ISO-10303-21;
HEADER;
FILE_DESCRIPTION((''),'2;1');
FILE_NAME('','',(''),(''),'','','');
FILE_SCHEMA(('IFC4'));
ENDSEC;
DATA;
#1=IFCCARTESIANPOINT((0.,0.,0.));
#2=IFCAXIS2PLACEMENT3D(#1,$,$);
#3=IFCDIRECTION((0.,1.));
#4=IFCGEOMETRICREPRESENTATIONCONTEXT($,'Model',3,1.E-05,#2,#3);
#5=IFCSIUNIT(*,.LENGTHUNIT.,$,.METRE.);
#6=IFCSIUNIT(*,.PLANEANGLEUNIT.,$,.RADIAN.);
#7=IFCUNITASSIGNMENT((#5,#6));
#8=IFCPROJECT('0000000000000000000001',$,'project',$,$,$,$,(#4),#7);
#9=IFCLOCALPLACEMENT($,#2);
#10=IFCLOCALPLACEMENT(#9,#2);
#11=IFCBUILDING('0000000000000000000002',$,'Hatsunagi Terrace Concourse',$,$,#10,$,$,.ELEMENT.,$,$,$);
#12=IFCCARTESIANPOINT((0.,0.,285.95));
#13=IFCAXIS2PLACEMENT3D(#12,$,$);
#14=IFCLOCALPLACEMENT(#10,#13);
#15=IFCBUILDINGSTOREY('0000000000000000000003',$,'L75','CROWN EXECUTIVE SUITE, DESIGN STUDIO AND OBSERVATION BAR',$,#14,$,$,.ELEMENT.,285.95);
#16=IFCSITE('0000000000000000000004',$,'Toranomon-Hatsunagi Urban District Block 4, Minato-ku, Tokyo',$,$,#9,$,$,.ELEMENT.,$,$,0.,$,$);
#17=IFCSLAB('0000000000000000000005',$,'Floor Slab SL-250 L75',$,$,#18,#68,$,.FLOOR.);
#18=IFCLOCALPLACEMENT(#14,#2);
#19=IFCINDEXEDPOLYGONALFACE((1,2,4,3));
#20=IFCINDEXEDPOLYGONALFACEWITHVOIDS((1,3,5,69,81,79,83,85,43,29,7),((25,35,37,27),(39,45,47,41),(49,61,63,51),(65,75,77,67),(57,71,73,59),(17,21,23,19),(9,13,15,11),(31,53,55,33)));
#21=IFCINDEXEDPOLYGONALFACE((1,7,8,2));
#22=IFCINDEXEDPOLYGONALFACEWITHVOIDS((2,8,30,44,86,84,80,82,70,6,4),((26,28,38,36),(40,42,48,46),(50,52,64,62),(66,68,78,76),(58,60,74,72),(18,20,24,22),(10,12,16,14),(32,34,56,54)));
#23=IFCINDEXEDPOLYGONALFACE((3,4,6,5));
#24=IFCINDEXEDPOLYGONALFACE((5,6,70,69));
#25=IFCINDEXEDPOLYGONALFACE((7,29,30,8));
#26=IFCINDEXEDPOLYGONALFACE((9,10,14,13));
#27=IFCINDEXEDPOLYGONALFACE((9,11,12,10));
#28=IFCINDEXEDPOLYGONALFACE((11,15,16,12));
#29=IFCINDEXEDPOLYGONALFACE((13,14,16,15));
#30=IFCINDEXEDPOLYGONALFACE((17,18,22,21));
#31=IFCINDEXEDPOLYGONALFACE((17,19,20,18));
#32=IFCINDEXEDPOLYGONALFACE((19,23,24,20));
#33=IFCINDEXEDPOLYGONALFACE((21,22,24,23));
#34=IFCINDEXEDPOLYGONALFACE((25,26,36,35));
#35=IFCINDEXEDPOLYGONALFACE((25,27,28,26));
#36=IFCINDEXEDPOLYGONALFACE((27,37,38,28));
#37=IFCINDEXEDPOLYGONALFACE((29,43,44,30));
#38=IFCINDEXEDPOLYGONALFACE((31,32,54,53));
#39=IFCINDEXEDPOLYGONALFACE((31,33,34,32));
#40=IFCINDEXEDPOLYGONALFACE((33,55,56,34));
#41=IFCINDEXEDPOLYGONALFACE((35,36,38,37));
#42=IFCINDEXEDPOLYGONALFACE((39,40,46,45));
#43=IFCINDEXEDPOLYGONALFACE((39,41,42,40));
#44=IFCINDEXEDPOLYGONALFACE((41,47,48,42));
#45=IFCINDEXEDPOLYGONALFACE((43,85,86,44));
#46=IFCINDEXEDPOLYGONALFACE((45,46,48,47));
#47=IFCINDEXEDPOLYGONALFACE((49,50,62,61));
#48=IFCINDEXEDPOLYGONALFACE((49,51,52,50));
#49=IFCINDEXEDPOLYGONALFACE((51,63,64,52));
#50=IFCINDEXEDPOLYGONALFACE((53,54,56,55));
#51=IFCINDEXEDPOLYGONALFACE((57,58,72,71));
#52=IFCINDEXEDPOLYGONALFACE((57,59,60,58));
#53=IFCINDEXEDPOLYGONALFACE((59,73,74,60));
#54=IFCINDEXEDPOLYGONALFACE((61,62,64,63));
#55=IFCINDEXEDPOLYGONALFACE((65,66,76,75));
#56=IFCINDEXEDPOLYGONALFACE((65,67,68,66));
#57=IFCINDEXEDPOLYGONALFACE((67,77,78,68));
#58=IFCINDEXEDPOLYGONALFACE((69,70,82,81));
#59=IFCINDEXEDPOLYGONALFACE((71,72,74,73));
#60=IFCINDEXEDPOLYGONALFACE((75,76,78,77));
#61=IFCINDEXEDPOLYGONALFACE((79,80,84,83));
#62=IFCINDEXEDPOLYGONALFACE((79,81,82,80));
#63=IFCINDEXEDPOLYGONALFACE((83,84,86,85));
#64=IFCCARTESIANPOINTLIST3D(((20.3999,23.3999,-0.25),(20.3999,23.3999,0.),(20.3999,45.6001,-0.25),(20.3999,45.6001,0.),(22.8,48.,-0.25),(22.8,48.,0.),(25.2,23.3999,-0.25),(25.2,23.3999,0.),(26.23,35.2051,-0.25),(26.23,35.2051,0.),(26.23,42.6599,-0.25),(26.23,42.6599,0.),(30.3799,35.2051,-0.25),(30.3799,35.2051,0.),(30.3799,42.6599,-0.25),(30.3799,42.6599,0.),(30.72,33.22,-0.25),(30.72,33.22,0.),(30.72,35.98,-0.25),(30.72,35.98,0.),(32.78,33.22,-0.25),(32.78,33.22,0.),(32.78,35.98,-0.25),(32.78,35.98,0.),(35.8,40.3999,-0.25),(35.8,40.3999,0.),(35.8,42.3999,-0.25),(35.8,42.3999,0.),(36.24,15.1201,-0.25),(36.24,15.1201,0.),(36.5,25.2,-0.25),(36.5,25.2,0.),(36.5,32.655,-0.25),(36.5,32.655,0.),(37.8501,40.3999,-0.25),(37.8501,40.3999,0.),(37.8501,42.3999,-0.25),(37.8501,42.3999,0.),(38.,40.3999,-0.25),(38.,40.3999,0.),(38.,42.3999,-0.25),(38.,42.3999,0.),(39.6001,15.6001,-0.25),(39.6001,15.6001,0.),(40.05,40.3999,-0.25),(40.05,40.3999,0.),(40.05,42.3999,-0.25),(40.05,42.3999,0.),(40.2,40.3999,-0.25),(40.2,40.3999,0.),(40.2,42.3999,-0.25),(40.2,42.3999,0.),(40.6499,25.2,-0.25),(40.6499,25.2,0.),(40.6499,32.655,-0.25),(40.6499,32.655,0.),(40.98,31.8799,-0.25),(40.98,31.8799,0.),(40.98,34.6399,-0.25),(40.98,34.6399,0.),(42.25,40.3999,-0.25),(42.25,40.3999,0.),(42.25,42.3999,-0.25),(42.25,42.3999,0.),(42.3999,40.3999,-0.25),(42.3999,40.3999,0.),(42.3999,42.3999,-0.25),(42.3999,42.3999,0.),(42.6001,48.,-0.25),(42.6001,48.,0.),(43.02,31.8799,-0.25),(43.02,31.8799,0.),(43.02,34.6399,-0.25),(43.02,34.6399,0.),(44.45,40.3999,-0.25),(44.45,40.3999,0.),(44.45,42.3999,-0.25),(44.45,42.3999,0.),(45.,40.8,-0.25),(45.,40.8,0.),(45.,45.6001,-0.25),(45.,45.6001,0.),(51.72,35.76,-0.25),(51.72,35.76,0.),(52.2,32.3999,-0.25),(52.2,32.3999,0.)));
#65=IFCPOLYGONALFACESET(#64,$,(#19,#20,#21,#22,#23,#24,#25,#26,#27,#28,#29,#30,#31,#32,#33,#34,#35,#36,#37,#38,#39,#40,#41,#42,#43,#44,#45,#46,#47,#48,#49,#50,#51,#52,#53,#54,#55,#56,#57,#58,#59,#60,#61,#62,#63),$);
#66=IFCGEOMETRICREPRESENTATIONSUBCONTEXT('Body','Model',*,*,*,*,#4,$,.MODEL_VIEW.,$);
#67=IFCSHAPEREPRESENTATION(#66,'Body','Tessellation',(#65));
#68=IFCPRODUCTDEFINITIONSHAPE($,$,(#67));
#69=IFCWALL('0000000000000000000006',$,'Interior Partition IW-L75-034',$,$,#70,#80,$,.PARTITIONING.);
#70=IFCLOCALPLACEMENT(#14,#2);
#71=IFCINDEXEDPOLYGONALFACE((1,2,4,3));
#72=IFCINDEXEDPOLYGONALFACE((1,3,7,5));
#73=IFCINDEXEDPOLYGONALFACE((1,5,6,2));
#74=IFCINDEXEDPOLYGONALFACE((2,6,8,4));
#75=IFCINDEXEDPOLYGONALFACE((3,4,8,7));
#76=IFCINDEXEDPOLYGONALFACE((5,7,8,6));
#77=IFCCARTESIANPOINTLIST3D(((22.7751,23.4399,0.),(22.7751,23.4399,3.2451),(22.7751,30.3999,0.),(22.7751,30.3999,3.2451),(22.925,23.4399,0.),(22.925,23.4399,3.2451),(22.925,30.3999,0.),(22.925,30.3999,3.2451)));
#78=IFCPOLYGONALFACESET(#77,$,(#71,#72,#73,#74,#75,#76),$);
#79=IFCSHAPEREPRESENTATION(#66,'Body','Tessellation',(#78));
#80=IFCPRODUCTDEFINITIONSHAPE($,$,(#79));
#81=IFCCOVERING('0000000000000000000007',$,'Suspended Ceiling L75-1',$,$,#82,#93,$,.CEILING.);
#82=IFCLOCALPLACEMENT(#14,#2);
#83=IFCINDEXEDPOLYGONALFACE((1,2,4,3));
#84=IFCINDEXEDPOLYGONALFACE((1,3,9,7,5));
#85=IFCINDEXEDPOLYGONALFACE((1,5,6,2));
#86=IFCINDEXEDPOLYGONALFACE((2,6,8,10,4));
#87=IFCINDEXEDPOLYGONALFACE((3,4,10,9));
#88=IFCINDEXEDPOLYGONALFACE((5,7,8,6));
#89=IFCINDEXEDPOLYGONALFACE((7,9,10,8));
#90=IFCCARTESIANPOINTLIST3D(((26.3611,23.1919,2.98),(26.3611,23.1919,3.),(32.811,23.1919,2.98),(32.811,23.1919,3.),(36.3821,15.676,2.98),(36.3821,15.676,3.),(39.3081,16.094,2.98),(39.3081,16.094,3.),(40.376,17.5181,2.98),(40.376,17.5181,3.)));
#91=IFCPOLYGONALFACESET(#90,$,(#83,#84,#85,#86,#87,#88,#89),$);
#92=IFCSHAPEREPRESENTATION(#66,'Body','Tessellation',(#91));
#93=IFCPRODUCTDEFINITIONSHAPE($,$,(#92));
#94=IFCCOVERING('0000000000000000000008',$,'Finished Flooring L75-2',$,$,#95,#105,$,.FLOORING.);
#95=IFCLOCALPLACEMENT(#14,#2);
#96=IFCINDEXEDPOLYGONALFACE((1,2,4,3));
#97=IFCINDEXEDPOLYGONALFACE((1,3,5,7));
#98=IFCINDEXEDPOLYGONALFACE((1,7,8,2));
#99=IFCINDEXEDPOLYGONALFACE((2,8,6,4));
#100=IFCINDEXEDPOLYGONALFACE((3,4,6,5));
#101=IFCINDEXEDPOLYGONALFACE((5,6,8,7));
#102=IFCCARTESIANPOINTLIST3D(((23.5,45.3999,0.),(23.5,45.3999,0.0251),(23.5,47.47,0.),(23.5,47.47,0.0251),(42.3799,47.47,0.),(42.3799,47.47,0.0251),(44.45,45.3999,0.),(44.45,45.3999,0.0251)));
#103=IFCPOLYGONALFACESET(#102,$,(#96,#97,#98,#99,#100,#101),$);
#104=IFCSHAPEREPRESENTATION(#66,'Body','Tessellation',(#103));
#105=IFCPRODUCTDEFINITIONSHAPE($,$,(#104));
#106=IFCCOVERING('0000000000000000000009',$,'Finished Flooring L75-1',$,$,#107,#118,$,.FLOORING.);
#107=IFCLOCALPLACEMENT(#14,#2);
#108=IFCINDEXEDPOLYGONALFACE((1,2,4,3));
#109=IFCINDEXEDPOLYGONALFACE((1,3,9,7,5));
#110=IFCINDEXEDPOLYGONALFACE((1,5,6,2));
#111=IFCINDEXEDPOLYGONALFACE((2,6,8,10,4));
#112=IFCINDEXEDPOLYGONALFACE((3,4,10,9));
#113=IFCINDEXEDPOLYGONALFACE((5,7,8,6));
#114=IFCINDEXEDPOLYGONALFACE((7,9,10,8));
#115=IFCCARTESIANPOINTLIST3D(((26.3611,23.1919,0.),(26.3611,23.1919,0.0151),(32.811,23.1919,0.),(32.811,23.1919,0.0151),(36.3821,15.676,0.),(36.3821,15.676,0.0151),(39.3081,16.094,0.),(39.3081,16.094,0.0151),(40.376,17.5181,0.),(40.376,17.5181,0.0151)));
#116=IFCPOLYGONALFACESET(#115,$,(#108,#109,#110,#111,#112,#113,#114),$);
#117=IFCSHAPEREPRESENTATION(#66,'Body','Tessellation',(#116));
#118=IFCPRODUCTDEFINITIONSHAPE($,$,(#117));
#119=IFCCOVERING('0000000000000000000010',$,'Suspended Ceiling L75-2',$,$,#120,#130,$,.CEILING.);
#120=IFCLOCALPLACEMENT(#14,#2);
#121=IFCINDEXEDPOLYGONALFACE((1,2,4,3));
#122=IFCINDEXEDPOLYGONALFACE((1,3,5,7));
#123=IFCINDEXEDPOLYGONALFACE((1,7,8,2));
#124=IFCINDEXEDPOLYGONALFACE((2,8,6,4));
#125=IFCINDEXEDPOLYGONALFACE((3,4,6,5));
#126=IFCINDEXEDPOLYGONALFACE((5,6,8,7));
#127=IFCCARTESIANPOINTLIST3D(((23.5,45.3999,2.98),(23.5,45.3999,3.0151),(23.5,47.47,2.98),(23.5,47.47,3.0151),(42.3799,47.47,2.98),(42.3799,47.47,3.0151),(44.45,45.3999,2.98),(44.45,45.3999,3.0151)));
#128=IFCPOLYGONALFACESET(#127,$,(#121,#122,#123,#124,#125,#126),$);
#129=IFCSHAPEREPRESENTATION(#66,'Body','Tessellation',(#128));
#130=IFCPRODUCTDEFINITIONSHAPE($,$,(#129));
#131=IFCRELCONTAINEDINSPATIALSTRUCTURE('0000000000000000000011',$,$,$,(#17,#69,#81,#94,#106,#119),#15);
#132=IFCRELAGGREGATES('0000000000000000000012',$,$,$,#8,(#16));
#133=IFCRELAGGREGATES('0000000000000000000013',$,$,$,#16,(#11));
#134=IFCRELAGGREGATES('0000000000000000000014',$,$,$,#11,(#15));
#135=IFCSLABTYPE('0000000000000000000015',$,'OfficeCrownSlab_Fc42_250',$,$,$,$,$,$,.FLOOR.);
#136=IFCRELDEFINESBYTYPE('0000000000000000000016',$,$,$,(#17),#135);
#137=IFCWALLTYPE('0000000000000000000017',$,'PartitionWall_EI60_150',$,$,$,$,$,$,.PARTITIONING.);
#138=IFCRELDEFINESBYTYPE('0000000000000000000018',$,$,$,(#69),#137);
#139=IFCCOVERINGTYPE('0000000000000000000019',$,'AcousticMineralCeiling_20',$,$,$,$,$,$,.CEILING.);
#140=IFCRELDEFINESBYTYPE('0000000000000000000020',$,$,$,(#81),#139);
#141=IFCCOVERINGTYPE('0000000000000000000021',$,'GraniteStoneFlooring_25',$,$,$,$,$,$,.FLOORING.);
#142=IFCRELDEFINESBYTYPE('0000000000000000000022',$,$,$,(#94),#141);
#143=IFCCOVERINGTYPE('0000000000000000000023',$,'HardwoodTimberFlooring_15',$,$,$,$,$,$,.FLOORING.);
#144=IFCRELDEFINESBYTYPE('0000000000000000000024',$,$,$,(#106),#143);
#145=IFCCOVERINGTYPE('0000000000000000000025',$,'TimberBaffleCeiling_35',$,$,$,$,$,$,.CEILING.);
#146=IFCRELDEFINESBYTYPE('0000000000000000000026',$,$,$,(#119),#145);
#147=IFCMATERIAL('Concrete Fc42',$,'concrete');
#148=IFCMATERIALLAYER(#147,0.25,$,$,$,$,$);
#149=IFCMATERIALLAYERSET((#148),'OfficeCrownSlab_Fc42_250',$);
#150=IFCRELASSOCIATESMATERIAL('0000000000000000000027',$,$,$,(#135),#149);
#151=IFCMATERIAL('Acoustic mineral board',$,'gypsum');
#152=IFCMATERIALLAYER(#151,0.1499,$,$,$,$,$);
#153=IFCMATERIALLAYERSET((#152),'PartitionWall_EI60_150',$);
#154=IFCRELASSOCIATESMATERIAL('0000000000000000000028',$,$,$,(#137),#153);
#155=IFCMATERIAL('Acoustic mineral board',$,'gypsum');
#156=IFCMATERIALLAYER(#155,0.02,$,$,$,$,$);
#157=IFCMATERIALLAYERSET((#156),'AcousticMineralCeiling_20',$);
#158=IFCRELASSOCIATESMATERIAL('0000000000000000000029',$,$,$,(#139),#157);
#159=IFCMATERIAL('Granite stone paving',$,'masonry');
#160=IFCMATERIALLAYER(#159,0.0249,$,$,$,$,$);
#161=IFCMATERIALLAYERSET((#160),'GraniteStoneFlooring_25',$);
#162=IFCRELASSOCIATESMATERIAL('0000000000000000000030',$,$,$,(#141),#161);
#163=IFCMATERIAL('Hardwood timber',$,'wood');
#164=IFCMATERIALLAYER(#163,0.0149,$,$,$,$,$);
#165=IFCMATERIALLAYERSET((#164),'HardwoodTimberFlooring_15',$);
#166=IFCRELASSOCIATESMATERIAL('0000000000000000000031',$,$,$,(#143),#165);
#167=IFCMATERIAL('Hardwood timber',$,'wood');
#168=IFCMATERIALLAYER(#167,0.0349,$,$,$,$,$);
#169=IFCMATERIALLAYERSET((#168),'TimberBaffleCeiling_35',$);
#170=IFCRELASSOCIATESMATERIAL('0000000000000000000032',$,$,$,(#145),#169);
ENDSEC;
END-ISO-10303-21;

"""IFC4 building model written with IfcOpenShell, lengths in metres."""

from ifc_helpers import new_model, si_unit, direction, frame, frame_2d, origin, place, context, subcontext, project, spatial, polyline, rectangle, outline, extrude, material, layer, layer_set, type_object, element, save


model = new_model("IFC4")

# Units and contexts
model_context = context("Model", 3, precision=1e-05, world=origin(), true_north=direction((0.0, 1.0)))
body_context = subcontext(model_context, "Body", "Model", "MODEL_VIEW")
ifc_project = project(units=[si_unit("LENGTHUNIT", "METRE"), si_unit("PLANEANGLEUNIT", "RADIAN")], contexts=[model_context])

# Site, building, storey
site_placement = place(None, origin())
site = spatial("IfcSite", under=ifc_project, at=site_placement, Name="Toranomon-Hatsunagi Urban District Block 4, Minato-ku, Tokyo", CompositionType="ELEMENT", RefElevation=0.0)
building_placement = place(site_placement, origin())
building = spatial("IfcBuilding", under=site, at=building_placement, Name="Hatsunagi Terrace Concourse", CompositionType="ELEMENT")
storey_placement = place(building_placement, frame((0.0, 0.0, 285.95)))
storey = spatial("IfcBuildingStorey", under=building, at=storey_placement, Name="L75", Description="CROWN EXECUTIVE SUITE, DESIGN STUDIO AND OBSERVATION BAR", CompositionType="ELEMENT", Elevation=285.95)

# Slab
ifc_material_1 = material(Name="Concrete Fc42", Category="concrete")
ifc_layer_1 = layer(ifc_material_1, 0.25)
ifc_layer_set_1 = layer_set([ifc_layer_1], Name="OfficeCrownSlab_Fc42_250")
slab_type_1 = type_object("IfcSlabType", Name="OfficeCrownSlab_Fc42_250", PredefinedType="FLOOR", material=ifc_layer_set_1)
slab_1_placement = place(storey_placement, frame((0.0, 0.0, -0.25)))
element("IfcSlab", 1, at=slab_1_placement, inside=storey, type_object=slab_type_1, Name="Floor Slab SL-250 L75", PredefinedType="FLOOR", context=body_context, shape_type="SweptSolid", body=[
    extrude(outline(polyline([(45.0, 40.8), (45.0, 45.6001), (42.6001, 48.0), (22.8, 48.0), (20.3999, 45.6001), (20.3999, 23.3999), (25.2, 23.3999), (36.24, 15.1201), (39.6001, 15.6001), (52.2, 32.3999), (51.72, 35.76), (45.0, 40.8)]), holes=[polyline([(26.23, 35.2051), (30.3799, 35.2051), (30.3799, 42.6599), (26.23, 42.6599), (26.23, 35.2051)]), polyline([(36.5, 25.2), (40.6499, 25.2), (40.6499, 32.655), (36.5, 32.655), (36.5, 25.2)]), polyline([(30.72, 33.22), (32.78, 33.22), (32.78, 35.98), (30.72, 35.98), (30.72, 33.22)]), polyline([(40.98, 31.8799), (43.02, 31.8799), (43.02, 34.6399), (40.98, 34.6399), (40.98, 31.8799)]), polyline([(35.8, 40.3999), (37.8501, 40.3999), (37.8501, 42.3999), (35.8, 42.3999), (35.8, 40.3999)]), polyline([(38.0, 40.3999), (40.05, 40.3999), (40.05, 42.3999), (38.0, 42.3999), (38.0, 40.3999)]), polyline([(40.2, 40.3999), (42.25, 40.3999), (42.25, 42.3999), (40.2, 42.3999), (40.2, 40.3999)]), polyline([(42.3999, 40.3999), (44.45, 40.3999), (44.45, 42.3999), (42.3999, 42.3999), (42.3999, 40.3999)])]), origin(), (0.0, 0.0, 1.0), 0.25),
])

# Wall
ifc_material_2 = material(Name="Acoustic mineral board", Category="gypsum")
ifc_layer_2 = layer(ifc_material_2, 0.1499)
ifc_layer_set_2 = layer_set([ifc_layer_2], Name="PartitionWall_EI60_150")
wall_type = type_object("IfcWallType", Name="PartitionWall_EI60_150", PredefinedType="PARTITIONING", material=ifc_layer_set_2)
wall_placement = place(storey_placement, frame((22.8501, 23.4399, 0.0), z_axis=(0.0, 0.0, 1.0), x_axis=(0.0, 1.0, 0.0)))
element("IfcWall", 2, at=wall_placement, inside=storey, type_object=wall_type, Name="Interior Partition IW-L75-034", PredefinedType="PARTITIONING", context=body_context, shape_type="SweptSolid", body=[
    extrude(rectangle(XDim=6.96, YDim=0.1499, at=frame_2d((3.48, 0.0))), origin(), (0.0, 0.0, 1.0), 3.2451),
])

# Coverings
ifc_material_3 = material(Name="Acoustic mineral board", Category="gypsum")
ifc_layer_3 = layer(ifc_material_3, 0.02)
ifc_layer_set_3 = layer_set([ifc_layer_3], Name="AcousticMineralCeiling_20")
covering_type_1 = type_object("IfcCoveringType", Name="AcousticMineralCeiling_20", PredefinedType="CEILING", material=ifc_layer_set_3)
covering_1_placement = place(storey_placement, frame((0.0, 0.0, 2.98)))
element("IfcCovering", 3, at=covering_1_placement, inside=storey, type_object=covering_type_1, Name="Suspended Ceiling L75-1", PredefinedType="CEILING", context=body_context, shape_type="SweptSolid", body=[
    extrude(outline(polyline([(26.3611, 23.1919), (36.3821, 15.676), (39.3081, 16.094), (40.376, 17.5181), (32.811, 23.1919), (26.3611, 23.1919)])), origin(), (0.0, 0.0, 1.0), 0.02),
])
ifc_material_4 = material(Name="Granite stone paving", Category="masonry")
ifc_layer_4 = layer(ifc_material_4, 0.0249)
ifc_layer_set_4 = layer_set([ifc_layer_4], Name="GraniteStoneFlooring_25")
covering_type_2 = type_object("IfcCoveringType", Name="GraniteStoneFlooring_25", PredefinedType="FLOORING", material=ifc_layer_set_4)
covering_2_placement = place(storey_placement, origin())
element("IfcCovering", 4, at=covering_2_placement, inside=storey, type_object=covering_type_2, Name="Finished Flooring L75-2", PredefinedType="FLOORING", context=body_context, shape_type="SweptSolid", body=[
    extrude(outline(polyline([(42.3799, 47.47), (23.5, 47.47), (23.5, 45.3999), (44.45, 45.3999), (42.3799, 47.47)])), origin(), (0.0, 0.0, 1.0), 0.0251),
])
ifc_material_5 = material(Name="Hardwood timber", Category="wood")
ifc_layer_5 = layer(ifc_material_5, 0.0149)
ifc_layer_set_5 = layer_set([ifc_layer_5], Name="HardwoodTimberFlooring_15")
covering_type_3 = type_object("IfcCoveringType", Name="HardwoodTimberFlooring_15", PredefinedType="FLOORING", material=ifc_layer_set_5)
covering_3_placement = place(storey_placement, origin())
element("IfcCovering", 5, at=covering_3_placement, inside=storey, type_object=covering_type_3, Name="Finished Flooring L75-1", PredefinedType="FLOORING", context=body_context, shape_type="SweptSolid", body=[
    extrude(outline(polyline([(26.3611, 23.1919), (36.3821, 15.676), (39.3081, 16.094), (40.376, 17.5181), (32.811, 23.1919), (26.3611, 23.1919)])), origin(), (0.0, 0.0, 1.0), 0.0151),
])
ifc_material_6 = material(Name="Hardwood timber", Category="wood")
ifc_layer_6 = layer(ifc_material_6, 0.0349)
ifc_layer_set_6 = layer_set([ifc_layer_6], Name="TimberBaffleCeiling_35")
covering_type_4 = type_object("IfcCoveringType", Name="TimberBaffleCeiling_35", PredefinedType="CEILING", material=ifc_layer_set_6)
covering_4_placement = place(storey_placement, frame((0.0, 0.0, 2.98)))
element("IfcCovering", 6, at=covering_4_placement, inside=storey, type_object=covering_type_4, Name="Suspended Ceiling L75-2", PredefinedType="CEILING", context=body_context, shape_type="SweptSolid", body=[
    extrude(outline(polyline([(42.3799, 47.47), (23.5, 47.47), (23.5, 45.3999), (44.45, 45.3999), (42.3799, 47.47)])), origin(), (0.0, 0.0, 1.0), 0.0352),
])

save(model, "model.ifc")
